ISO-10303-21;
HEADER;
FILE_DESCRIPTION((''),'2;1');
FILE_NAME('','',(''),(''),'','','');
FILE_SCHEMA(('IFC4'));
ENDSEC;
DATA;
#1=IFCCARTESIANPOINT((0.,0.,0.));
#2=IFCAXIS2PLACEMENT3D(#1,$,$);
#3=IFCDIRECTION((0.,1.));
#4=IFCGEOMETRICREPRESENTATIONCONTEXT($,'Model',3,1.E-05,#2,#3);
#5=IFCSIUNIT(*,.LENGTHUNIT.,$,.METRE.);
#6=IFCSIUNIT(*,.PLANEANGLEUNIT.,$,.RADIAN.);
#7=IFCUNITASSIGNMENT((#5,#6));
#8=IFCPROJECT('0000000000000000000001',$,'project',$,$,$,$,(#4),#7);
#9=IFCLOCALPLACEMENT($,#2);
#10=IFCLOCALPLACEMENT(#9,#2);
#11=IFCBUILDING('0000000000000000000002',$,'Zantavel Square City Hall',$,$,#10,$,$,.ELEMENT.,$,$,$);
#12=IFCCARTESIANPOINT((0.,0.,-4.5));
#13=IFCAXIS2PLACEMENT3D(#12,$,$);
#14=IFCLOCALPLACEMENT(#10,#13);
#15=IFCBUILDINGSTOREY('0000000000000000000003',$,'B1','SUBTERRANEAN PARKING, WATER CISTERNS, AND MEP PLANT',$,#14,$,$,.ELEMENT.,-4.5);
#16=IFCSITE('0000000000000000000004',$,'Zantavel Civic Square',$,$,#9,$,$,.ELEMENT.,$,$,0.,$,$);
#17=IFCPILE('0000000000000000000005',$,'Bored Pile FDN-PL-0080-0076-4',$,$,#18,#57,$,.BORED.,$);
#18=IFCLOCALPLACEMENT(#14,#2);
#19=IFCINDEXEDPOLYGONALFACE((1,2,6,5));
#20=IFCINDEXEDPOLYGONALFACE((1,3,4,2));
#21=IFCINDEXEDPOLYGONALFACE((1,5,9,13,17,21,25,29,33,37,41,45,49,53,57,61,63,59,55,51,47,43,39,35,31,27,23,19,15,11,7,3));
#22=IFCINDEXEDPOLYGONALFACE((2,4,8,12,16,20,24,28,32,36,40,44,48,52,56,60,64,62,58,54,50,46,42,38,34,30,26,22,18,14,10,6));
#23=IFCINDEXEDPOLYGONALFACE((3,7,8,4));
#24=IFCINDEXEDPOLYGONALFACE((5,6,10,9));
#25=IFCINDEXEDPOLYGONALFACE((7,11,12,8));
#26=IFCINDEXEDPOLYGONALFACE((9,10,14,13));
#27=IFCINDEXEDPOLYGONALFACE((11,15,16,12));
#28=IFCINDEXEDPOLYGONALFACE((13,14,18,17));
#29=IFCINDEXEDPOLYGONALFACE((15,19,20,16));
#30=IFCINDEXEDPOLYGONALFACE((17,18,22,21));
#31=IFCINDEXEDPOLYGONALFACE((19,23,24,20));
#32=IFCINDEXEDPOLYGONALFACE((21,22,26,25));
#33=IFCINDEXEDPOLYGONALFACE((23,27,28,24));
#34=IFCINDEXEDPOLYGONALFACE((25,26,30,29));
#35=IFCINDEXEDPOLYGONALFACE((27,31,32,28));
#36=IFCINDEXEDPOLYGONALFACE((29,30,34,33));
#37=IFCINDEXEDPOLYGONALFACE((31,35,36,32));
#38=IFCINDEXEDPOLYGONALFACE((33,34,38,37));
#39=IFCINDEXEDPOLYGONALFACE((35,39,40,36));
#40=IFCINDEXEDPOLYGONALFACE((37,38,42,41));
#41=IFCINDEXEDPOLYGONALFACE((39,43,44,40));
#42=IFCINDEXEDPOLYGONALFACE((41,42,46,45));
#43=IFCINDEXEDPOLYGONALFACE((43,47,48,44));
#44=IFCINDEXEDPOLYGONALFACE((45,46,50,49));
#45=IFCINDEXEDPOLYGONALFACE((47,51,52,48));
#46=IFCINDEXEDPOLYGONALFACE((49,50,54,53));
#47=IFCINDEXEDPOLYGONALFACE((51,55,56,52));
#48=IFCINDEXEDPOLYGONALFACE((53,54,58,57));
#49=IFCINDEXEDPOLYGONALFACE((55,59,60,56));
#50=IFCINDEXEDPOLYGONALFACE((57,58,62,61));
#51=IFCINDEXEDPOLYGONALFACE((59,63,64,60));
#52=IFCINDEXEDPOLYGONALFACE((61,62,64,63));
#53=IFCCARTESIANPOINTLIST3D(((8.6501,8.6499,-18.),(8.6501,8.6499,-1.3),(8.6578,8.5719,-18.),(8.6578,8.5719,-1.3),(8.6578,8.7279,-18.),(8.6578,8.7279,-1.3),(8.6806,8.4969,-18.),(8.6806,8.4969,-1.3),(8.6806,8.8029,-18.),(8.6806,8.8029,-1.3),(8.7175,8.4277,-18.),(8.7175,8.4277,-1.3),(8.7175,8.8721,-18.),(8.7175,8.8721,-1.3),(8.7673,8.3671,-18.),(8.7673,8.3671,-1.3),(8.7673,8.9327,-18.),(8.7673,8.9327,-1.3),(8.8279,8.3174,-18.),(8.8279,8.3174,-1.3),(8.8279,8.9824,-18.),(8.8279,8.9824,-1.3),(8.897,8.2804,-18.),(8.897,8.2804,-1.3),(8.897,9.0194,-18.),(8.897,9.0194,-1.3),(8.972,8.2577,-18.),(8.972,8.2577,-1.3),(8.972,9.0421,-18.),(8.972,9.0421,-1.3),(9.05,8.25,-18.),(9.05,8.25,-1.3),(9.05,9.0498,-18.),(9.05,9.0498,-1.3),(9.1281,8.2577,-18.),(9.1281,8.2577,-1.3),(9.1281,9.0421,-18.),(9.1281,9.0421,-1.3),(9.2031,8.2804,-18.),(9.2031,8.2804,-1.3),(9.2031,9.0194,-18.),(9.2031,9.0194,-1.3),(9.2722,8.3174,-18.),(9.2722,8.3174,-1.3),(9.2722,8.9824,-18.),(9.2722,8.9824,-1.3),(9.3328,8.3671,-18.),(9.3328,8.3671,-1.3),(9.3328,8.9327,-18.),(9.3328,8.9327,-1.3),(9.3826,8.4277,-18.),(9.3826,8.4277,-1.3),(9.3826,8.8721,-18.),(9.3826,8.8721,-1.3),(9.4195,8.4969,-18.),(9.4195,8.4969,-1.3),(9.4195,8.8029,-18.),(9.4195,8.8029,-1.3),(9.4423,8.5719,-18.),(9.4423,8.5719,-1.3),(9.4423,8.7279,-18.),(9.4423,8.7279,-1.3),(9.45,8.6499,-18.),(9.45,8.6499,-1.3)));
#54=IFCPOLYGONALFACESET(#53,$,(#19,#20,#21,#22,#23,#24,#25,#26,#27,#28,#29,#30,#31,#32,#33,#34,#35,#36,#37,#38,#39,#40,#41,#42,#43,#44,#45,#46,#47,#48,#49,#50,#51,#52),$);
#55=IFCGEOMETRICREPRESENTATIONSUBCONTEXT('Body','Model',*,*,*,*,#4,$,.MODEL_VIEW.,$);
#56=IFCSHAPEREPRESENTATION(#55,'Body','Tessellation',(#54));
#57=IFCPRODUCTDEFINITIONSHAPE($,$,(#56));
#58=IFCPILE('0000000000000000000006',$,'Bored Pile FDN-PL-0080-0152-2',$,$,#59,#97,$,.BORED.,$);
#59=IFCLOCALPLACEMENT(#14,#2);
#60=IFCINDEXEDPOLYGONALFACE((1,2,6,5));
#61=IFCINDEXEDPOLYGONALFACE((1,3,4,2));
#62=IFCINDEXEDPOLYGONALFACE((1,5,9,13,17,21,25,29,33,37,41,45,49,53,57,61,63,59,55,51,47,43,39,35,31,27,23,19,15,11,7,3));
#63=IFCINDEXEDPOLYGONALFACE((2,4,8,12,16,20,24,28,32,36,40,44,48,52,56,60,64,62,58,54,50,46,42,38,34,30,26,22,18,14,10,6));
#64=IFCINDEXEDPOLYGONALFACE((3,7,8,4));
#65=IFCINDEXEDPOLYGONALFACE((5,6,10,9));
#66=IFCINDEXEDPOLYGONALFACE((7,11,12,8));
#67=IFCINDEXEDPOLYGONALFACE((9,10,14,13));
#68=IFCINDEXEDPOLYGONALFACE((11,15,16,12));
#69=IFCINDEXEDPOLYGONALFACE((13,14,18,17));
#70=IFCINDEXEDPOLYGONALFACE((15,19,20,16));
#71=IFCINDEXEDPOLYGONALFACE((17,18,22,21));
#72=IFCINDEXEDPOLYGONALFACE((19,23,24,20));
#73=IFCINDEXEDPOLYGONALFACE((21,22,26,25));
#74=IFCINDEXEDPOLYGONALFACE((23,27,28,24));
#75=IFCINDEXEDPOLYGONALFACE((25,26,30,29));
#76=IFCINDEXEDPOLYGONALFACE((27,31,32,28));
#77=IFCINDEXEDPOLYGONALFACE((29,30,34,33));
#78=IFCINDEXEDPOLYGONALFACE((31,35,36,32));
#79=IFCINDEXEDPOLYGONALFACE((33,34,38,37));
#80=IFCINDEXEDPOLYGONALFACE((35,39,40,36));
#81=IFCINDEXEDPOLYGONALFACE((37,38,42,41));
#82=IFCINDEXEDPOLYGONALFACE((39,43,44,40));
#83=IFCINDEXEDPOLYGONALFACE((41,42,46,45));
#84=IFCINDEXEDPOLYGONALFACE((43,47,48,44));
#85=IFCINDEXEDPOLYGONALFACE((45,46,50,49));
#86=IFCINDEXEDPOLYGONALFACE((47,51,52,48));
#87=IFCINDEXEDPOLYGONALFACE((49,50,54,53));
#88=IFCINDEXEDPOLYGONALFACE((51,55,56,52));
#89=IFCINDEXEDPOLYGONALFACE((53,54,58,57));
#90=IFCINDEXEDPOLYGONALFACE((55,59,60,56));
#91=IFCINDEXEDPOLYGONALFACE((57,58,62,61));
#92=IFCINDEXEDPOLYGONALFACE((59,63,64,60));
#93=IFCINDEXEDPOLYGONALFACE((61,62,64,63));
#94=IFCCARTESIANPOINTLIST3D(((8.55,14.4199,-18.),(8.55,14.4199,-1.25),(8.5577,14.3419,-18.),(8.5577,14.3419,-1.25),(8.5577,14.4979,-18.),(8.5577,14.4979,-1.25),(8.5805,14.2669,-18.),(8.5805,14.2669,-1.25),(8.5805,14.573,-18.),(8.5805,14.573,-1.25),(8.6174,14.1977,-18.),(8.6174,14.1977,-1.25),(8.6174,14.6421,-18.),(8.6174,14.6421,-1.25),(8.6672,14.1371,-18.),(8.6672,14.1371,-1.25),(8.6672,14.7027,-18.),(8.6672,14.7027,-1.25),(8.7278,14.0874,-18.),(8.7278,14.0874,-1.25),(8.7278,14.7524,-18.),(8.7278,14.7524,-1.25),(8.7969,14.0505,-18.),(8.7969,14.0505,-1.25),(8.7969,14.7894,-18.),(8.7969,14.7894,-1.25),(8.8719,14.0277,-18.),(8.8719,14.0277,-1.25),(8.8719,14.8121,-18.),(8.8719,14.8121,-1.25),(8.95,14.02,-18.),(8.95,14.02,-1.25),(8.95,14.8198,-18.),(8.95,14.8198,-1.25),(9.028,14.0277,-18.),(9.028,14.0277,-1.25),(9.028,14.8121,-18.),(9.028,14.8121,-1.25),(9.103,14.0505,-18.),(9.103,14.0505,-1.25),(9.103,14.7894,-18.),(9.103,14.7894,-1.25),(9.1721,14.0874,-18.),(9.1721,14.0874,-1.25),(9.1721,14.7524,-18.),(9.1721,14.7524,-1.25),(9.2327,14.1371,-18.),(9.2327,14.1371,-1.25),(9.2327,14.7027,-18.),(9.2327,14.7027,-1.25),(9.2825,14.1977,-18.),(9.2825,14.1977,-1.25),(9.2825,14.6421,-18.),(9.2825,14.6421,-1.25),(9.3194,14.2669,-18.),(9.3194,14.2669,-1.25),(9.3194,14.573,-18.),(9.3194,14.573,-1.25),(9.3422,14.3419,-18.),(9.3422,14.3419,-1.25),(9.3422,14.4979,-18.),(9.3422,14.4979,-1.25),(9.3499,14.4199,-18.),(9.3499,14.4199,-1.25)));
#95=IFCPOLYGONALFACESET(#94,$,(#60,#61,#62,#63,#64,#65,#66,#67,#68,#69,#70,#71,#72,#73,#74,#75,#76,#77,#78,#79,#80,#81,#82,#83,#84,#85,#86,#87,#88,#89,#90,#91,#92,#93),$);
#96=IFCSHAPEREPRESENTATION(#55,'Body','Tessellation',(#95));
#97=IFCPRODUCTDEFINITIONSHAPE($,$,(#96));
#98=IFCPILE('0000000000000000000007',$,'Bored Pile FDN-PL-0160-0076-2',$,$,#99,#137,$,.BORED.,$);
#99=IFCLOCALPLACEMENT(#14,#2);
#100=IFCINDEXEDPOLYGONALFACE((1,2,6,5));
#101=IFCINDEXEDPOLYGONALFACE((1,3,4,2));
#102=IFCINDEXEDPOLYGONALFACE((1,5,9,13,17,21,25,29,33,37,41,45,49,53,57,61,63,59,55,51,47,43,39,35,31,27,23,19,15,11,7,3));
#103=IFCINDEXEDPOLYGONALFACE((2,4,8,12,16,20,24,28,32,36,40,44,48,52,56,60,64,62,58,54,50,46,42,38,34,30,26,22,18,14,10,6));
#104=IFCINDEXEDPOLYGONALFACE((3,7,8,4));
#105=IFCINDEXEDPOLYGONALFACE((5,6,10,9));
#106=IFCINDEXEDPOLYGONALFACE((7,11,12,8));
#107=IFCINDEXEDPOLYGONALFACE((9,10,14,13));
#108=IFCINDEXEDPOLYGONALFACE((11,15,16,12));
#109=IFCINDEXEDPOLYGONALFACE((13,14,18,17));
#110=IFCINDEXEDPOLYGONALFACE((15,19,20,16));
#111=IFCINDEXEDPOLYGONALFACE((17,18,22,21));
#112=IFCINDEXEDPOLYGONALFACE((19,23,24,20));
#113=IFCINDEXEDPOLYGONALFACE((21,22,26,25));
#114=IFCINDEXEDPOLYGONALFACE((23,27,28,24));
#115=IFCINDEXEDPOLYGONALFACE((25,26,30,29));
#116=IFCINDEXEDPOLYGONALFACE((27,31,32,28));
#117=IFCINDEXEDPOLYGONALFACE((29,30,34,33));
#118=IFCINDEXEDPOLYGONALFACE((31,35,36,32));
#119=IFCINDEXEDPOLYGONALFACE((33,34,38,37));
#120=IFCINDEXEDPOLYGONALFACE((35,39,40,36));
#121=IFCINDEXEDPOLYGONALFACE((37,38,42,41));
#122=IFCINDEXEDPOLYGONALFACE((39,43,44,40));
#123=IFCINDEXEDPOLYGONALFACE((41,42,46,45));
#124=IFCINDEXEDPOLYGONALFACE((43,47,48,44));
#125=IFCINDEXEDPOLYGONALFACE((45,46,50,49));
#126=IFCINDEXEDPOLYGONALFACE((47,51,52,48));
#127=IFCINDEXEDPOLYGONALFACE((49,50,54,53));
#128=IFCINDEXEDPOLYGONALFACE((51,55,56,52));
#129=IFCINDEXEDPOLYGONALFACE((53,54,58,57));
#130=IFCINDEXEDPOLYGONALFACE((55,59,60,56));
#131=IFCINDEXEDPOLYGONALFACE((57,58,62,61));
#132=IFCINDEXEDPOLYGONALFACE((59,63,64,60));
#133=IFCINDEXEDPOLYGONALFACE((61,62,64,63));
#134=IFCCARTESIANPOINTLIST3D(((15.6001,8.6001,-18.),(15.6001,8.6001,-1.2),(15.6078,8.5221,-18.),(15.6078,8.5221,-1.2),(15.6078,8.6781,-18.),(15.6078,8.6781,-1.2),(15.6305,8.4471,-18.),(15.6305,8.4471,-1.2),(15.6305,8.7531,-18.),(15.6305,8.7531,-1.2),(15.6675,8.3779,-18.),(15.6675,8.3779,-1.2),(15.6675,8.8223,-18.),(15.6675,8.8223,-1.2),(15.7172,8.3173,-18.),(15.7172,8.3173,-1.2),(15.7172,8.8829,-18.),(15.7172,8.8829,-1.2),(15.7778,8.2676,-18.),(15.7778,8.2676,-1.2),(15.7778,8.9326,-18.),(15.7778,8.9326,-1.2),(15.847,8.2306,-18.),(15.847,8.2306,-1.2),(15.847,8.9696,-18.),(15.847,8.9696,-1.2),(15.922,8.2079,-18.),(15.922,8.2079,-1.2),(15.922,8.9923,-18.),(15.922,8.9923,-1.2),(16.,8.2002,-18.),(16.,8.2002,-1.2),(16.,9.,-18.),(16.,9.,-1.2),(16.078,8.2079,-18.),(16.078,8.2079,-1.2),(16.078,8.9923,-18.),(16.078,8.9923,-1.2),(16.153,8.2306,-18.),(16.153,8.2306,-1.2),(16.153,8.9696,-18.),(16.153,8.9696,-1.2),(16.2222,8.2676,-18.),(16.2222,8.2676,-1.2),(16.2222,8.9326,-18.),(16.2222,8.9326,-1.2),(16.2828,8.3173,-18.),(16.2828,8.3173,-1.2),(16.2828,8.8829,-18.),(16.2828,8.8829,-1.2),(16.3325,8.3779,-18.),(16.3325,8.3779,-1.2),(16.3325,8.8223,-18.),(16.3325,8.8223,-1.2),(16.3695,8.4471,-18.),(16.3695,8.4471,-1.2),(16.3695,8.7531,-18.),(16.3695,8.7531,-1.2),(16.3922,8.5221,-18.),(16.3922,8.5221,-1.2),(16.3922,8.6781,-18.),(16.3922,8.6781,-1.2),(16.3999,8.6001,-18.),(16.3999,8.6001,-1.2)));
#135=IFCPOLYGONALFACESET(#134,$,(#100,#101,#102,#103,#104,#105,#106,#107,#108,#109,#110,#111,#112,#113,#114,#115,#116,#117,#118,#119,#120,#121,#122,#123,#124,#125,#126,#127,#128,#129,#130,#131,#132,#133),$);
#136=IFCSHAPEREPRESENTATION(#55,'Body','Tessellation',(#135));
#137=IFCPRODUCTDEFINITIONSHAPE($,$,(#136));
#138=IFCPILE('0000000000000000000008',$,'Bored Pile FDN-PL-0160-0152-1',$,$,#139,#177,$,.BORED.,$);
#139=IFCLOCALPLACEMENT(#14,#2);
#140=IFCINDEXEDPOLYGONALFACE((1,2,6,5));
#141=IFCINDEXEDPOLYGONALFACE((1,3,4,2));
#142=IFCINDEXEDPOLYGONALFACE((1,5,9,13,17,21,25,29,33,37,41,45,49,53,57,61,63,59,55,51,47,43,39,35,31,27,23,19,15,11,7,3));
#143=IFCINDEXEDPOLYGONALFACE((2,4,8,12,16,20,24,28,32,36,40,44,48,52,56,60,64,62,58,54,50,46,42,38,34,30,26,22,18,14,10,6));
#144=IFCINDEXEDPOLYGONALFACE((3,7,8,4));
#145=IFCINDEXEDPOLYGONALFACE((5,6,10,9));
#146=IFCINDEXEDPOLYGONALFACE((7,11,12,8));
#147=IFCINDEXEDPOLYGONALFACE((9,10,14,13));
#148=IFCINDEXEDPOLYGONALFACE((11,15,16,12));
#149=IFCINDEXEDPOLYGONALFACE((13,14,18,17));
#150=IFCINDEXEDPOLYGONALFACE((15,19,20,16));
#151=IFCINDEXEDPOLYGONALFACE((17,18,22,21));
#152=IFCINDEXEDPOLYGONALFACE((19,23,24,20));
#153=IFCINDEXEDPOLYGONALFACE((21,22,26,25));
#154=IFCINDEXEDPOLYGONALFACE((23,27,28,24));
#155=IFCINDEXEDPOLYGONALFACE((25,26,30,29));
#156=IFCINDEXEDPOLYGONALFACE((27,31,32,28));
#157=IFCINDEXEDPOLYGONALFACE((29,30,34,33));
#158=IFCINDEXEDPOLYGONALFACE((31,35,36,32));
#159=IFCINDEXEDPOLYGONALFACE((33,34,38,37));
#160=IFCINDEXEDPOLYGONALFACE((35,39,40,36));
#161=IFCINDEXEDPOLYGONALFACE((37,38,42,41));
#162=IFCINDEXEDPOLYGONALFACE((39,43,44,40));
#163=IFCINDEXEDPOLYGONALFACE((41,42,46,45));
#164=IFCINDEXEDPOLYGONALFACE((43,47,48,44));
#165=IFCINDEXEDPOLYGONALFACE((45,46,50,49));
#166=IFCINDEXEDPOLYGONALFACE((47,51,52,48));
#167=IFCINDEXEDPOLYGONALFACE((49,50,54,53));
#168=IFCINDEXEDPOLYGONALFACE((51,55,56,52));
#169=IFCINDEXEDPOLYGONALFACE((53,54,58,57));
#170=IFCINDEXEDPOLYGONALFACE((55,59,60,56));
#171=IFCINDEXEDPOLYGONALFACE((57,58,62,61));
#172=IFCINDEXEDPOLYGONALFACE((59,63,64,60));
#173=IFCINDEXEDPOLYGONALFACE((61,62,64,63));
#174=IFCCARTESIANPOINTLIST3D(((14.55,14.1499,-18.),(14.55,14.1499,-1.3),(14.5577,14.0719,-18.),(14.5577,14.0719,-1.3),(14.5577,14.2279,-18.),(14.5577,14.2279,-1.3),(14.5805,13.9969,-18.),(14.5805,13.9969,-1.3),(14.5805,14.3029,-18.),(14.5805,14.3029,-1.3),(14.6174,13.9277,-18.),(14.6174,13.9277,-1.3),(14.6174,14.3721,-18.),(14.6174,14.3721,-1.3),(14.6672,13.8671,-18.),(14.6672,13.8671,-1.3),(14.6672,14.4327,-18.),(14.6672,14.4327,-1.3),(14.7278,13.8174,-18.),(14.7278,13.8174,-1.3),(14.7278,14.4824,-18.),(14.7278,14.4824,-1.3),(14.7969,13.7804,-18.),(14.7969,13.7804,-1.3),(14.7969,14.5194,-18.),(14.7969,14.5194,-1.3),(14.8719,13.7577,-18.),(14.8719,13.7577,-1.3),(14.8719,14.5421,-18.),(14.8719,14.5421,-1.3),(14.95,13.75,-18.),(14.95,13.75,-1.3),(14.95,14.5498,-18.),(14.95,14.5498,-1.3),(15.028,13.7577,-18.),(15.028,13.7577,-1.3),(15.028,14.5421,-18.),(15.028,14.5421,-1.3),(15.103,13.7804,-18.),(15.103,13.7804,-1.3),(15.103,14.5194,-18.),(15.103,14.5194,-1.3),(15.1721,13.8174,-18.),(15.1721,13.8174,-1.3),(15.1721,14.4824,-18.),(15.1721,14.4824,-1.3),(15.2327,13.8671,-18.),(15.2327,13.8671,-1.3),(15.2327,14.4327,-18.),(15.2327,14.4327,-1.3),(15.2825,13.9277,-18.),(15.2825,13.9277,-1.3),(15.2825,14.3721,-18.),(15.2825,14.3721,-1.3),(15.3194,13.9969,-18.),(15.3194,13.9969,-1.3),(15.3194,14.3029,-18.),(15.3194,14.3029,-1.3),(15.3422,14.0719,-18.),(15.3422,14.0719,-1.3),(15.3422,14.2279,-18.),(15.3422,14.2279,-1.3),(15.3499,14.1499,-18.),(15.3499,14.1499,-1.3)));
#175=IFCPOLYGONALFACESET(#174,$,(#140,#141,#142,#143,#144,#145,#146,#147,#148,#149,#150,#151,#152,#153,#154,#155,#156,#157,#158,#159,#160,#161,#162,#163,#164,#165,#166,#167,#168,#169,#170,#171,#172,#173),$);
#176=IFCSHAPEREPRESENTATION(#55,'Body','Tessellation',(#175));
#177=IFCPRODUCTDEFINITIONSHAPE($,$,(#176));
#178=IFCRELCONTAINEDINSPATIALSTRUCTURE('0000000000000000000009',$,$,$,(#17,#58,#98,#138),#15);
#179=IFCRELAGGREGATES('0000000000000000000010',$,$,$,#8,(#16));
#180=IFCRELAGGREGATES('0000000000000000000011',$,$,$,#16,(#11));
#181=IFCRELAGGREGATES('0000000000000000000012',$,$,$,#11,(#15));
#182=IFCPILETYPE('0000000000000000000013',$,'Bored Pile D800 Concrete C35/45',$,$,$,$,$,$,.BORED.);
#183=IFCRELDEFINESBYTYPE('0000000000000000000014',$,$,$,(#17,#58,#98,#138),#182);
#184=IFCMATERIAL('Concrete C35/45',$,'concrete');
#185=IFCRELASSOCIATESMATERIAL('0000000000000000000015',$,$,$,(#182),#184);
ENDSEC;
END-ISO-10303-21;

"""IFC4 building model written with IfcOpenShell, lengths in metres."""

from ifc_helpers import new_model, si_unit, direction, frame, origin, origin_2d, place, context, subcontext, project, spatial, circle, extrude, material, material_profile, profile_set, type_object, element, save


model = new_model("IFC4")

# Units and contexts
model_context = context("Model", 3, precision=1e-05, world=origin(), true_north=direction((0.0, 1.0)))
body_context = subcontext(model_context, "Body", "Model", "MODEL_VIEW")
ifc_project = project(units=[si_unit("LENGTHUNIT", "METRE"), si_unit("PLANEANGLEUNIT", "RADIAN")], contexts=[model_context])

# Site, building, storey
site_placement = place(None, origin())
site = spatial("IfcSite", under=ifc_project, at=site_placement, Name="Zantavel Civic Square", CompositionType="ELEMENT", RefElevation=0.0)
building_placement = place(site_placement, origin())
building = spatial("IfcBuilding", under=site, at=building_placement, Name="Zantavel Square City Hall", CompositionType="ELEMENT")
storey_placement = place(building_placement, frame((0.0, 0.0, -4.5)))
storey = spatial("IfcBuildingStorey", under=building, at=storey_placement, Name="B1", Description="SUBTERRANEAN PARKING, WATER CISTERNS, AND MEP PLANT", CompositionType="ELEMENT", Elevation=-4.5)

# Piles
ifc_material_1 = material(Name="Concrete C35/45", Category="concrete")
ifc_material_profile_1 = material_profile(ifc_material_1, circle(Radius=0.3999, at=origin_2d()), Name="PILE D800")
ifc_profile_set_1 = profile_set([ifc_material_profile_1], Name="Concrete C35/45")
pile_type = type_object("IfcPileType", Name="Bored Pile D800 Concrete C35/45", PredefinedType="BORED", material=ifc_profile_set_1)
pile_1_placement = place(storey_placement, frame((9.05, 8.6499, -1.3), z_axis=(0.0, 0.0, -1.0), x_axis=(1.0, 0.0, 0.0)))
element("IfcPile", 1, at=pile_1_placement, inside=storey, type_object=pile_type, Name="Bored Pile FDN-PL-0080-0076-4", PredefinedType="BORED", context=body_context, shape_type="SweptSolid", body=[
    extrude(circle(Radius=0.3999, at=origin_2d()), origin(), (0.0, 0.0, 1.0), 16.7),
])
pile_2_placement = place(storey_placement, frame((8.95, 14.4199, -1.25), z_axis=(0.0, 0.0, -1.0), x_axis=(1.0, 0.0, 0.0)))
element("IfcPile", 2, at=pile_2_placement, inside=storey, type_object=pile_type, Name="Bored Pile FDN-PL-0080-0152-2", PredefinedType="BORED", context=body_context, shape_type="SweptSolid", body=[
    extrude(circle(Radius=0.3999, at=origin_2d()), origin(), (0.0, 0.0, 1.0), 16.75),
])
pile_3_placement = place(storey_placement, frame((16.0, 8.6001, -1.2), z_axis=(0.0, 0.0, -1.0), x_axis=(1.0, 0.0, 0.0)))
element("IfcPile", 3, at=pile_3_placement, inside=storey, type_object=pile_type, Name="Bored Pile FDN-PL-0160-0076-2", PredefinedType="BORED", context=body_context, shape_type="SweptSolid", body=[
    extrude(circle(Radius=0.3999, at=origin_2d()), origin(), (0.0, 0.0, 1.0), 16.8),
])
for number, where, z_axis, x_axis, name in (
    (4, (14.95, 14.1499, -1.3), (0.0, 0.0, -1.0), (1.0, 0.0, 0.0), "Bored Pile FDN-PL-0160-0152-1"),
):
    element("IfcPile", number, at=place(storey_placement, frame(where, z_axis=z_axis, x_axis=x_axis)), inside=storey, type_object=pile_type, Name=name, PredefinedType="BORED", context=body_context, shape_type="SweptSolid", body=[
        extrude(circle(Radius=0.3999, at=origin_2d()), origin(), (0.0, 0.0, 1.0), 16.7),
    ])

save(model, "model.ifc")
